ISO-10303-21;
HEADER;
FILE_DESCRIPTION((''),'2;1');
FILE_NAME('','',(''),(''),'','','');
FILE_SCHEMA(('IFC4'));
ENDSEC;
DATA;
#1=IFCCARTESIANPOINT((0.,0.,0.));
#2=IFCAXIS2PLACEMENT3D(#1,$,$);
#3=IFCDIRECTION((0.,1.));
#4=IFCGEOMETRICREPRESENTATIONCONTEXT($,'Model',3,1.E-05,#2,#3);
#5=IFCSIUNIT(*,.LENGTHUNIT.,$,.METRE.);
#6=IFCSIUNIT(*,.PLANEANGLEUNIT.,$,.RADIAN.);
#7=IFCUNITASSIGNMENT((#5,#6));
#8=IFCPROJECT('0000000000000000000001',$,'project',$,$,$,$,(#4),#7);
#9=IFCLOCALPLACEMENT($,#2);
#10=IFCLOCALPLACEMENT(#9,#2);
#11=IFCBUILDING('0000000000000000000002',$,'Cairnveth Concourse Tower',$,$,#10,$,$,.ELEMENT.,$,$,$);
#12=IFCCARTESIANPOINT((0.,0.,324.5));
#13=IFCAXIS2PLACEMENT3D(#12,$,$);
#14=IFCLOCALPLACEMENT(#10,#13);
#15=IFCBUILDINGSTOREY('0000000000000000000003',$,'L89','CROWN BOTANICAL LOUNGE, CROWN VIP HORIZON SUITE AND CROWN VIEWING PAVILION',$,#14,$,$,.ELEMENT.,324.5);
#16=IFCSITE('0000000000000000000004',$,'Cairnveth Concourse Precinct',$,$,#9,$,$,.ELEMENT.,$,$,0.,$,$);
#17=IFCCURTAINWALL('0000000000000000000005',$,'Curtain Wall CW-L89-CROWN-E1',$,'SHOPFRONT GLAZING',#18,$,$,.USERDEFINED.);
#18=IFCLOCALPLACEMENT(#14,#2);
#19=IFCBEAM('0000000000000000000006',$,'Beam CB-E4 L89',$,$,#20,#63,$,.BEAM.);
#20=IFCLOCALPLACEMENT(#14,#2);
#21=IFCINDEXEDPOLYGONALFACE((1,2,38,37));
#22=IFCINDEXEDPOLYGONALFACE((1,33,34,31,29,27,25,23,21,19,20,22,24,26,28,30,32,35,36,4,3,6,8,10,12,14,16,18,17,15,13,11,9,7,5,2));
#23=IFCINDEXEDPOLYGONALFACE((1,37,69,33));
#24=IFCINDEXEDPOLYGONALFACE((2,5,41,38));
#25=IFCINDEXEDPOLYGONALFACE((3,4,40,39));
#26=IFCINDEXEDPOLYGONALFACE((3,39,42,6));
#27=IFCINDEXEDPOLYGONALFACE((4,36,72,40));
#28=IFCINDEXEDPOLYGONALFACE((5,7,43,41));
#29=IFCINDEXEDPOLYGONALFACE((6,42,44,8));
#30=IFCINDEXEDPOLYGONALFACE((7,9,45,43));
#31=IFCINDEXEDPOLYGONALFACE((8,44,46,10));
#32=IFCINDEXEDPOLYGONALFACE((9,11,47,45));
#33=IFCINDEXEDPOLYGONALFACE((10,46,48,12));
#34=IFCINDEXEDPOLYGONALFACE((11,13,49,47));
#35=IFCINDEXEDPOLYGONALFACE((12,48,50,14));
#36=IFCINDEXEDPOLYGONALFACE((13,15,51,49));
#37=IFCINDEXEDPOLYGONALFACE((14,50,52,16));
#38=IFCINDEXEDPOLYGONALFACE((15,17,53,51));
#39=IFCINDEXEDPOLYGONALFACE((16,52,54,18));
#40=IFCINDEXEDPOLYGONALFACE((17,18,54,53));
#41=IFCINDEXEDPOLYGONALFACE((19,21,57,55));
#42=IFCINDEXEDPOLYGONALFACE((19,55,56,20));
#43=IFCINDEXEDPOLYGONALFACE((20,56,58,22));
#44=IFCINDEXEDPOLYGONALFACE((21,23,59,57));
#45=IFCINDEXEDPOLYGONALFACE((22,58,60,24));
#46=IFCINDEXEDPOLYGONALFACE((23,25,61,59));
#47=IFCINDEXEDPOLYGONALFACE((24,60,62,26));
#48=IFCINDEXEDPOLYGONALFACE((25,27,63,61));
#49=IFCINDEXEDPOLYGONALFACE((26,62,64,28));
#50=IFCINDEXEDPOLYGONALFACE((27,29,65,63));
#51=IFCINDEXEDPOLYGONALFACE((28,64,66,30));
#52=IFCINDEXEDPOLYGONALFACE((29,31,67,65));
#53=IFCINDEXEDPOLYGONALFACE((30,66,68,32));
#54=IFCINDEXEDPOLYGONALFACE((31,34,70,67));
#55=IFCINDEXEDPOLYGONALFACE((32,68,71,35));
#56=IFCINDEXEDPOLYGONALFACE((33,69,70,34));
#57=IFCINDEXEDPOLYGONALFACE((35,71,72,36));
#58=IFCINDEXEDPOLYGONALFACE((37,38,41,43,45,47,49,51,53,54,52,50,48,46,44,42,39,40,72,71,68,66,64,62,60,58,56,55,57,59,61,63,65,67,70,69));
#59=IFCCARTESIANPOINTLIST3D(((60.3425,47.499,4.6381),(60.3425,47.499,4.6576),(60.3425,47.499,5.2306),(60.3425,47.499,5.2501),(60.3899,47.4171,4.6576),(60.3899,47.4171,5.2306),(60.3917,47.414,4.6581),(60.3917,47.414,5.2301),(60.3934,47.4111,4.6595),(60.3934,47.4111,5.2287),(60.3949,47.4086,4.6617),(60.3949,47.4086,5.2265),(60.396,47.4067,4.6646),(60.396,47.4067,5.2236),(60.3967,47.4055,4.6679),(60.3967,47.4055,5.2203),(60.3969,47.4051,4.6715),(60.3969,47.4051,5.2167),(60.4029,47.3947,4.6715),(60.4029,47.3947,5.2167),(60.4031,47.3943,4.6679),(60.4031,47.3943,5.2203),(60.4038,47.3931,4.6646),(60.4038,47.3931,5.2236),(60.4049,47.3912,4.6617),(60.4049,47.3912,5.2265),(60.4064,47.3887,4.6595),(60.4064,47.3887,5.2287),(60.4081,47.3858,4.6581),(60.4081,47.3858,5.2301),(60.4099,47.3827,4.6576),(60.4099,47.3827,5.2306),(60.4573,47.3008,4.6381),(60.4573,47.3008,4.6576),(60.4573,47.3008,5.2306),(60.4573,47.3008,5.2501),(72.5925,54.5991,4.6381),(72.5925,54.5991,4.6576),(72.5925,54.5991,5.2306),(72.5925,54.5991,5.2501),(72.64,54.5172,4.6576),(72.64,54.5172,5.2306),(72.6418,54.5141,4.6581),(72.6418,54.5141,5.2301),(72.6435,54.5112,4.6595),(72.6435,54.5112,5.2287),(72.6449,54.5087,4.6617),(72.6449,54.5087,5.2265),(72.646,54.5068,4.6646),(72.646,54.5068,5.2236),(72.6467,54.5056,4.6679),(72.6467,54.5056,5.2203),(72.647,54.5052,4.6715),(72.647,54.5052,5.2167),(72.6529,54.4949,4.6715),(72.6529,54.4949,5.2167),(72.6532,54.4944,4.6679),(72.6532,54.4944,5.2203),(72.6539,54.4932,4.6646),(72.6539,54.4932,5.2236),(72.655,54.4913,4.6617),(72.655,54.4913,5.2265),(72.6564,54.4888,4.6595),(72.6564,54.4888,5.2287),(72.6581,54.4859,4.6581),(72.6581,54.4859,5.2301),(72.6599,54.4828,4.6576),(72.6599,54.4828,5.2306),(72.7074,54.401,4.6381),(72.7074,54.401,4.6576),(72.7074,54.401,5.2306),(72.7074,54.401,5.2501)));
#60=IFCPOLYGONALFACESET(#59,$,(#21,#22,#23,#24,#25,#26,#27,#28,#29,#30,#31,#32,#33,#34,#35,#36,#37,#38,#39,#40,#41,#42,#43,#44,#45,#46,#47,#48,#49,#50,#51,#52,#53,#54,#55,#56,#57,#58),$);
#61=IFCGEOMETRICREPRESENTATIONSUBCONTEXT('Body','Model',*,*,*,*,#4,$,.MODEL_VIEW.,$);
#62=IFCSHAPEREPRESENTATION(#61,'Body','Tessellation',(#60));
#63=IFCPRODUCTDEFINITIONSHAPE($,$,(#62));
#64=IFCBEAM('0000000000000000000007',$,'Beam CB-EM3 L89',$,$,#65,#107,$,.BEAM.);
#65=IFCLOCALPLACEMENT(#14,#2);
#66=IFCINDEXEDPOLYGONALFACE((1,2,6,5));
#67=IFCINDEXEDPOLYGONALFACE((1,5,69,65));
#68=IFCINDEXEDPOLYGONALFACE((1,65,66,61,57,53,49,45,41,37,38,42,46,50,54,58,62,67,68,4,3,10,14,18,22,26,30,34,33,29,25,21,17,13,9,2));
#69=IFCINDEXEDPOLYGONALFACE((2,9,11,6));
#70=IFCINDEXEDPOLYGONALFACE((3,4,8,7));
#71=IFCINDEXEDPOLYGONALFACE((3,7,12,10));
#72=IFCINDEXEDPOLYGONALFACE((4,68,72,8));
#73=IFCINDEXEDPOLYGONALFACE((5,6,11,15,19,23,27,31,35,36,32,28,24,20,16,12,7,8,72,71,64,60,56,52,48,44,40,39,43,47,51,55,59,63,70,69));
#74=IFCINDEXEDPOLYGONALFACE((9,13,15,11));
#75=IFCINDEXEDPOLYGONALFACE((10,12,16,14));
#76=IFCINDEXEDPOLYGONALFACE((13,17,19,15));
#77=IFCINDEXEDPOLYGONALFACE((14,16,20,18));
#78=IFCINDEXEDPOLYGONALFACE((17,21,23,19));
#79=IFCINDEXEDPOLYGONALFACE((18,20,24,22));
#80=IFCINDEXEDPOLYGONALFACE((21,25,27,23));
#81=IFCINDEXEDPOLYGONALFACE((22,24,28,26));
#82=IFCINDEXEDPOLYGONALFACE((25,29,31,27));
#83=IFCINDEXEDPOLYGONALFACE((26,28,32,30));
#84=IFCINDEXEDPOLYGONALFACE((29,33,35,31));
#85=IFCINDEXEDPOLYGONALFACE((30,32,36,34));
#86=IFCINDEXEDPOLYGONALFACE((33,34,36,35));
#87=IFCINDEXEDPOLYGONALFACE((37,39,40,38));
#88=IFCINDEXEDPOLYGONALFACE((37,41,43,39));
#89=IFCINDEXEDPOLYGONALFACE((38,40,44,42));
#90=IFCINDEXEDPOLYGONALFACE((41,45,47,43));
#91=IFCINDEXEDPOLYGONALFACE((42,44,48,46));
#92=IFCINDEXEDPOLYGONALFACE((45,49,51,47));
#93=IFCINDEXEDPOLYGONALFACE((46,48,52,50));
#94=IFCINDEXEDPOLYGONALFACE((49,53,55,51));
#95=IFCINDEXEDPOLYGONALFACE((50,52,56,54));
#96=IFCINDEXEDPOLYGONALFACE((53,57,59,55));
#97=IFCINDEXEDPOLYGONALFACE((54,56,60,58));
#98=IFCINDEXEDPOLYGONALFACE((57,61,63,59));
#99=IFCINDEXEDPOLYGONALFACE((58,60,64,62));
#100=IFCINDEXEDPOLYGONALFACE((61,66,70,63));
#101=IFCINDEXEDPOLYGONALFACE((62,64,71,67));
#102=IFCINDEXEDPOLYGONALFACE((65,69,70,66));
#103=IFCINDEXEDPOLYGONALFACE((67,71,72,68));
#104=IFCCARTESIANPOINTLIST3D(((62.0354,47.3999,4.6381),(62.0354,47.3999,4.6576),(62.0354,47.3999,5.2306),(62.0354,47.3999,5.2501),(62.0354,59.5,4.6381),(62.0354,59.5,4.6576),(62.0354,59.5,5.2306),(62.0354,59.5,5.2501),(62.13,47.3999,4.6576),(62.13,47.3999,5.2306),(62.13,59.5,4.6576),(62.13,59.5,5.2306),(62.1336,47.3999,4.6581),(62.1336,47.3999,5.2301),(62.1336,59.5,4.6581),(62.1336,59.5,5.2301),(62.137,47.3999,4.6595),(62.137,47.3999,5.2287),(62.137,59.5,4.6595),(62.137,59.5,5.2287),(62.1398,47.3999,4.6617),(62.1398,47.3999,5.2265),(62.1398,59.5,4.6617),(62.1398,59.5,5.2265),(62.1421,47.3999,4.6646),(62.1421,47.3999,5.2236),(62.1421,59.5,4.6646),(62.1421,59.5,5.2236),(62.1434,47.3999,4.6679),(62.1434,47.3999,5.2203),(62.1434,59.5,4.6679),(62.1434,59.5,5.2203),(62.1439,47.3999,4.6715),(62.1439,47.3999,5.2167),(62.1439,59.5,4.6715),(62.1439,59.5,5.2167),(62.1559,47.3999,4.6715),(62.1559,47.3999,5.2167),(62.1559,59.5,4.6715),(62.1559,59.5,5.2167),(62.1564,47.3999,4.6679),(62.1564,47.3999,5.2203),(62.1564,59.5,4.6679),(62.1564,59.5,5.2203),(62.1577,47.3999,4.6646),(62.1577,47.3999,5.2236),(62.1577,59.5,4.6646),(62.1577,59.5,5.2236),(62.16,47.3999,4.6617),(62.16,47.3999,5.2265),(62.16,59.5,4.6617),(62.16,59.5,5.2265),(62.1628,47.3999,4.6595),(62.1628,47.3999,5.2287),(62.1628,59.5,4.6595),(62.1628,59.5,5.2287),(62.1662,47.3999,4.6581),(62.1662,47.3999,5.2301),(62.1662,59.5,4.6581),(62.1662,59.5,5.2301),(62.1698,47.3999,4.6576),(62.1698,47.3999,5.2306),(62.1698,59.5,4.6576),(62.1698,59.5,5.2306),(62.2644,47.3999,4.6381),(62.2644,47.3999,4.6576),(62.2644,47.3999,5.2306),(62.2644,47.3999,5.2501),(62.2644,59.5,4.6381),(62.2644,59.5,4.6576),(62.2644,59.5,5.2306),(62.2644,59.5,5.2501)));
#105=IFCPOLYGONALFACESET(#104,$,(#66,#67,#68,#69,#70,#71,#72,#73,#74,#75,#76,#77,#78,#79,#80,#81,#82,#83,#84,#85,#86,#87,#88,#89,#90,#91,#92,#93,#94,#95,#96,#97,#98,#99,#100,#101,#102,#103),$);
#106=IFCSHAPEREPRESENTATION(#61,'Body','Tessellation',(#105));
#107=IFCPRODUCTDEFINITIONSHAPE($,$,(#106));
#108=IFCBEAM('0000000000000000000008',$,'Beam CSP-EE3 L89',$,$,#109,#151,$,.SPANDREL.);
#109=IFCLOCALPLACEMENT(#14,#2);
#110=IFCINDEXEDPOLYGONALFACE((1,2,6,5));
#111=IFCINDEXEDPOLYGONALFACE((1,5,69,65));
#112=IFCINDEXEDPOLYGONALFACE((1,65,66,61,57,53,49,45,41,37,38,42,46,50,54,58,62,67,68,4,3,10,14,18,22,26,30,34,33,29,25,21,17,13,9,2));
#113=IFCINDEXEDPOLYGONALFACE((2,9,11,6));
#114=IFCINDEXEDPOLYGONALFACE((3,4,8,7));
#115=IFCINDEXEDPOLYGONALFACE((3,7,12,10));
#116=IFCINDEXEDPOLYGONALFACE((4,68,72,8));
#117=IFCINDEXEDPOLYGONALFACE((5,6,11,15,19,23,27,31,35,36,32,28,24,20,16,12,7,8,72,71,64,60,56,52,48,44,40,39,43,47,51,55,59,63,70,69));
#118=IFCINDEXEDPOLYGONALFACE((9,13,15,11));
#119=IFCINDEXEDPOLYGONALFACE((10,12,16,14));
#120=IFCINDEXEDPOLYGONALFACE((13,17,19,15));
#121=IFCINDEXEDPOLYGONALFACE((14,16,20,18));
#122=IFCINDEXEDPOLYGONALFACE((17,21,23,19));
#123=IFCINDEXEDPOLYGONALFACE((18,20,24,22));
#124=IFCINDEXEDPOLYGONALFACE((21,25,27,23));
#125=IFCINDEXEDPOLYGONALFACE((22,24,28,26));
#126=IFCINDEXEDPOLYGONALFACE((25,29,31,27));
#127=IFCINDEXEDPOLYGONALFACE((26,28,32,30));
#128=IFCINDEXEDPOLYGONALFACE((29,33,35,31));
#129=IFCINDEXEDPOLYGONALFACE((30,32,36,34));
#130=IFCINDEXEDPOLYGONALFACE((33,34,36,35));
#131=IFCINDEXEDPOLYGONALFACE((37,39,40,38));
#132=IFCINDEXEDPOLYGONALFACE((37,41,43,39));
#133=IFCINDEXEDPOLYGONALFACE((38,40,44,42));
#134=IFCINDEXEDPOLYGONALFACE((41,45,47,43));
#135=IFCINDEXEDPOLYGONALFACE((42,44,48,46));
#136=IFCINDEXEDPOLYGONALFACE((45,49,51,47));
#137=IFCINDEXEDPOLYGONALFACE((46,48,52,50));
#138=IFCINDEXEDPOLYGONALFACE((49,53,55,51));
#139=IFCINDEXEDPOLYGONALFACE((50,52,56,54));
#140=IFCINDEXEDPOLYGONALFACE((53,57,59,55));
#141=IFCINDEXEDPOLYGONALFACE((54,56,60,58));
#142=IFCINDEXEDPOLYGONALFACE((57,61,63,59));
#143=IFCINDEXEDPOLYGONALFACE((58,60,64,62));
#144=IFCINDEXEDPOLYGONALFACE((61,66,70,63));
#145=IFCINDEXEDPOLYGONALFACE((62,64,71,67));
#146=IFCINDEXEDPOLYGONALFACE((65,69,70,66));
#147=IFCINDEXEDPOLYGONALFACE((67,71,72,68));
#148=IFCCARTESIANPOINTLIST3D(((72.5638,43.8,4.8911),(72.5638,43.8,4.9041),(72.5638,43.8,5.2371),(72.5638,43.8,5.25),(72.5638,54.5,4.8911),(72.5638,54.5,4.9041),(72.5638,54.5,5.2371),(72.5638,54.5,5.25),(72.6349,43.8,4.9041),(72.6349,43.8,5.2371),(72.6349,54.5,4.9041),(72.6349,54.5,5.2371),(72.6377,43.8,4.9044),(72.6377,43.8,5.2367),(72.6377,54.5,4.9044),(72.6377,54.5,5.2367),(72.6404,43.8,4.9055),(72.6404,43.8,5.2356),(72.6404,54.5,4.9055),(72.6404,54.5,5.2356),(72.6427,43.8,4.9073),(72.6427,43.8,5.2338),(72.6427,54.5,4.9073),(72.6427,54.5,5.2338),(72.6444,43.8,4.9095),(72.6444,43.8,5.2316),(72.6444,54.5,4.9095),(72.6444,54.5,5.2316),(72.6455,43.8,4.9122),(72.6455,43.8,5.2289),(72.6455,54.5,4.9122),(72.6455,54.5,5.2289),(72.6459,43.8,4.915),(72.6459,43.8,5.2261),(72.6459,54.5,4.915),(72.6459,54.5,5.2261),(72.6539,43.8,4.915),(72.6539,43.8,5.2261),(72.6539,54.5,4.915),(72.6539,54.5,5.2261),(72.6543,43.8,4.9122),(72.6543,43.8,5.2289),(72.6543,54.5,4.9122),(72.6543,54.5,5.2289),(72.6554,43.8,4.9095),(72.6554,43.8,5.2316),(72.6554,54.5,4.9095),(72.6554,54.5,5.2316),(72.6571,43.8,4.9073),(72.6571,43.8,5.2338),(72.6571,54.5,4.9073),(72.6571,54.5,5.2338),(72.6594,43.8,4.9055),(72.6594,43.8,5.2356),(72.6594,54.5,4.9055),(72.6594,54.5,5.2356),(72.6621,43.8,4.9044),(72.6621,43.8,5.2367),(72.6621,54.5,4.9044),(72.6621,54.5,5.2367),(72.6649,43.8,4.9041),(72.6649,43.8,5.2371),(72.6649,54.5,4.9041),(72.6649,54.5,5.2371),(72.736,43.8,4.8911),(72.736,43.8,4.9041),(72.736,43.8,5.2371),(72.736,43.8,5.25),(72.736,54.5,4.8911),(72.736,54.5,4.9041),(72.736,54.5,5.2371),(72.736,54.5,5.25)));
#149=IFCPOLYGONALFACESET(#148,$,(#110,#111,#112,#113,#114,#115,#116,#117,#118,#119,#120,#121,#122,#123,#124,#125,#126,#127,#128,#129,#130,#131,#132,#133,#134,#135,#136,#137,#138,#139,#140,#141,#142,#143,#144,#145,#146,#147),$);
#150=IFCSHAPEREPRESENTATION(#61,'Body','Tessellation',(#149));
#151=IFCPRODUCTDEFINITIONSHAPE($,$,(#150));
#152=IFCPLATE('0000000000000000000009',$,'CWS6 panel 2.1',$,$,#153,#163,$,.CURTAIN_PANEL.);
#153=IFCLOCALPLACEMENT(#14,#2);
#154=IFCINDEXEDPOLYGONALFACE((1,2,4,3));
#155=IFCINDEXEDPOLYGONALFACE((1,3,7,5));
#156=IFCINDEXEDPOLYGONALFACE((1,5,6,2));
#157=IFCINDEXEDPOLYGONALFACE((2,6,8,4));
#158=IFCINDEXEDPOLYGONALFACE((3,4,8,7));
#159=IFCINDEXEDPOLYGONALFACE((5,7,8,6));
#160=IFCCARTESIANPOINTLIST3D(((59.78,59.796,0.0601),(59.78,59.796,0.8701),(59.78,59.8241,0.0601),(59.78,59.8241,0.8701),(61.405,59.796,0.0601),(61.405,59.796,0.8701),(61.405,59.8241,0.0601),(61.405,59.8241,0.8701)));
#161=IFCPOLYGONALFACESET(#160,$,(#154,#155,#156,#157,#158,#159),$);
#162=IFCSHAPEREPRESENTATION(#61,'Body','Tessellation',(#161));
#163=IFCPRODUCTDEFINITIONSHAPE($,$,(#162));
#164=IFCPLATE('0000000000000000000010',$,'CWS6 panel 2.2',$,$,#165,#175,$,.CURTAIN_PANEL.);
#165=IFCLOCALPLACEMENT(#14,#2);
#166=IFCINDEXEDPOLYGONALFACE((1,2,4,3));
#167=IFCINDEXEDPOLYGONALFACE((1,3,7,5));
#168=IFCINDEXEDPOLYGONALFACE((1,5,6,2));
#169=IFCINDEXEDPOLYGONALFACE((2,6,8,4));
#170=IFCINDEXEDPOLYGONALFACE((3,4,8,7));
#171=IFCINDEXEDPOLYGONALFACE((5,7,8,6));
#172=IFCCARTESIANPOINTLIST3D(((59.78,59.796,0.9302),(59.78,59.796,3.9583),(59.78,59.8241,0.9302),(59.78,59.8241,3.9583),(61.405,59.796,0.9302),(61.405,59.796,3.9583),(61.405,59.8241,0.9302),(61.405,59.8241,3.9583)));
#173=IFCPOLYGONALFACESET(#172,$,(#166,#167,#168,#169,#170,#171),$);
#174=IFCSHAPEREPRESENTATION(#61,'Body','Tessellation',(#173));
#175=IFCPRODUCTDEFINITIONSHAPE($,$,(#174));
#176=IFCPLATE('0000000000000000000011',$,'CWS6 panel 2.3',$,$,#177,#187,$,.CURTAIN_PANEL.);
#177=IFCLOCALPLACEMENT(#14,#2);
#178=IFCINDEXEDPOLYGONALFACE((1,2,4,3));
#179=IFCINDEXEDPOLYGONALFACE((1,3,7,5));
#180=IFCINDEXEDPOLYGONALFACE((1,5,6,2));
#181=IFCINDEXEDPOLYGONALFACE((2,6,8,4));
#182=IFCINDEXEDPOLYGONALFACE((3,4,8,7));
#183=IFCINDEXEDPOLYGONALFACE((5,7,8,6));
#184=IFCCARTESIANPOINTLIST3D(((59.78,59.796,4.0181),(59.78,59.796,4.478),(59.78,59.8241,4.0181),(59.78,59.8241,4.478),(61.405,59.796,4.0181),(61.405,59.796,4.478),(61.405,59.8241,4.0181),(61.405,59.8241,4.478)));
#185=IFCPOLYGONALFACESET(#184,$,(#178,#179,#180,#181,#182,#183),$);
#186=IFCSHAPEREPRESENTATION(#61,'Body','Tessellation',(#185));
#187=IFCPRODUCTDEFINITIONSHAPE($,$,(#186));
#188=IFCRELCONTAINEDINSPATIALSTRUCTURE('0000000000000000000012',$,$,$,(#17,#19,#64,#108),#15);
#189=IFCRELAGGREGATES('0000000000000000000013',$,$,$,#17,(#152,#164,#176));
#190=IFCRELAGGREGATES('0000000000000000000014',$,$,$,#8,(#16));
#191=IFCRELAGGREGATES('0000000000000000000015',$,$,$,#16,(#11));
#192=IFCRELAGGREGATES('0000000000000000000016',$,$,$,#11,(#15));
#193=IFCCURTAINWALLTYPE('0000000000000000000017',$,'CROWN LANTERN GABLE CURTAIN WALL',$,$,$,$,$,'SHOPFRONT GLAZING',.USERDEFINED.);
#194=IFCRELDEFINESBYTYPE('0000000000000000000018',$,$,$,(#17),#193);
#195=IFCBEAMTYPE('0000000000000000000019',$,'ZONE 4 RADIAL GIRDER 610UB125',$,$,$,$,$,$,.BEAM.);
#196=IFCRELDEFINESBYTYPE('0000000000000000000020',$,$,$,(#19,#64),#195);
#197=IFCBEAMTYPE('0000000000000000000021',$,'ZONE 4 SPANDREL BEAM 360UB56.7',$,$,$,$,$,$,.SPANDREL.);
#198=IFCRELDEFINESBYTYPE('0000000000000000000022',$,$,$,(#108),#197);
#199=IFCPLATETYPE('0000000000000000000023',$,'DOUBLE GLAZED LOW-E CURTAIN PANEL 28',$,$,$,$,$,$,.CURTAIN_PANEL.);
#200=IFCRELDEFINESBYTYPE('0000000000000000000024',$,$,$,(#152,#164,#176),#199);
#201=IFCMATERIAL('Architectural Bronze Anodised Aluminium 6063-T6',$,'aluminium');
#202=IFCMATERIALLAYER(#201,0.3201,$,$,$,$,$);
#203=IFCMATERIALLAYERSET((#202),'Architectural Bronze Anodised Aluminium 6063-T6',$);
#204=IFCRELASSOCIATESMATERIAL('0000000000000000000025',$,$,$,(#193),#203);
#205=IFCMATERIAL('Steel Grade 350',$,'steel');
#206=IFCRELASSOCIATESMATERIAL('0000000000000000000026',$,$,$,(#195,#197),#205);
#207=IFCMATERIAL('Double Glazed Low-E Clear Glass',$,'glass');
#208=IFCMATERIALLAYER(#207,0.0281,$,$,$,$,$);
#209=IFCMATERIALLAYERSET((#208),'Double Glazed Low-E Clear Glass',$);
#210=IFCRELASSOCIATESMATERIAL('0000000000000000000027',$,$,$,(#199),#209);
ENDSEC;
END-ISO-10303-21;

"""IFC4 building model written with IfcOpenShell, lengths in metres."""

from ifc_helpers import new_model, si_unit, direction, frame, origin, origin_2d, place, context, subcontext, project, spatial, rectangle, i_section, extrude, material, layer, layer_set, material_profile, profile_set, type_object, element, aggregate, save


model = new_model("IFC4")

# Units and contexts
model_context = context("Model", 3, precision=1e-05, world=origin(), true_north=direction((0.0, 1.0)))
body_context = subcontext(model_context, "Body", "Model", "MODEL_VIEW")
ifc_project = project(units=[si_unit("LENGTHUNIT", "METRE"), si_unit("PLANEANGLEUNIT", "RADIAN")], contexts=[model_context])

# Site, building, storey
site_placement = place(None, origin())
site = spatial("IfcSite", under=ifc_project, at=site_placement, Name="Cairnveth Concourse Precinct", CompositionType="ELEMENT", RefElevation=0.0)
building_placement = place(site_placement, origin())
building = spatial("IfcBuilding", under=site, at=building_placement, Name="Cairnveth Concourse Tower", CompositionType="ELEMENT")
storey_placement = place(building_placement, frame((0.0, 0.0, 324.5)))
storey = spatial("IfcBuildingStorey", under=building, at=storey_placement, Name="L89", Description="CROWN BOTANICAL LOUNGE, CROWN VIP HORIZON SUITE AND CROWN VIEWING PAVILION", CompositionType="ELEMENT", Elevation=324.5)

# Shared definitions
ifc_material_1 = material(Name="Steel Grade 350", Category="steel")

# Curtain wall
ifc_material_2 = material(Name="Architectural Bronze Anodised Aluminium 6063-T6", Category="aluminium")
ifc_layer_1 = layer(ifc_material_2, 0.3201)
ifc_layer_set_1 = layer_set([ifc_layer_1], Name="Architectural Bronze Anodised Aluminium 6063-T6")
curtain_wall_type = type_object("IfcCurtainWallType", Name="CROWN LANTERN GABLE CURTAIN WALL", ElementType="SHOPFRONT GLAZING", PredefinedType="USERDEFINED", material=ifc_layer_set_1)
curtain_wall_placement = place(storey_placement, origin())
curtain_wall = element("IfcCurtainWall", 1, at=curtain_wall_placement, inside=storey, type_object=curtain_wall_type, Name="Curtain Wall CW-L89-CROWN-E1", ObjectType="SHOPFRONT GLAZING", PredefinedType="USERDEFINED")

# Beams
ifc_material_profile_1 = material_profile(ifc_material_1, i_section(OverallWidth=0.229, OverallDepth=0.6121, WebThickness=0.012, FlangeThickness=0.0195, FilletRadius=0.0139, at=origin_2d()), Name="610UB125")
ifc_profile_set_1 = profile_set([ifc_material_profile_1], Name="Steel Grade 350")
beam_type_1 = type_object("IfcBeamType", Name="ZONE 4 RADIAL GIRDER 610UB125", PredefinedType="BEAM", material=ifc_profile_set_1)
beam_1_placement = place(storey_placement, frame((60.3999, 47.3999, 4.9441), z_axis=(0.865181, 0.501459, 0.0), x_axis=(-0.501459, 0.865181, 0.0)))
element("IfcBeam", 2, at=beam_1_placement, inside=storey, type_object=beam_type_1, Name="Beam CB-E4 L89", PredefinedType="BEAM", context=body_context, shape_type="SweptSolid", body=[
    extrude(i_section(OverallWidth=0.229, OverallDepth=0.6121, WebThickness=0.012, FlangeThickness=0.0195, FilletRadius=0.0139, at=origin_2d()), origin(), (0.0, 0.0, 1.0), 14.1589),
])
beam_2_placement = place(storey_placement, frame((62.1499, 47.3999, 4.9441), z_axis=(0.0, 1.0, 0.0), x_axis=(-1.0, 0.0, 0.0)))
element("IfcBeam", 3, at=beam_2_placement, inside=storey, type_object=beam_type_1, Name="Beam CB-EM3 L89", PredefinedType="BEAM", context=body_context, shape_type="SweptSolid", body=[
    extrude(i_section(OverallWidth=0.229, OverallDepth=0.6121, WebThickness=0.012, FlangeThickness=0.0195, FilletRadius=0.0139, at=origin_2d()), origin(), (0.0, 0.0, 1.0), 12.1001),
])
ifc_material_profile_2 = material_profile(ifc_material_1, i_section(OverallWidth=0.1721, OverallDepth=0.3589, WebThickness=0.0081, FlangeThickness=0.0129, FilletRadius=0.011, at=origin_2d()), Name="360UB56.7")
ifc_profile_set_2 = profile_set([ifc_material_profile_2], Name="Steel Grade 350")
beam_type_2 = type_object("IfcBeamType", Name="ZONE 4 SPANDREL BEAM 360UB56.7", PredefinedType="SPANDREL", material=ifc_profile_set_2)
beam_3_placement = place(storey_placement, frame((72.6499, 43.8, 5.0706), z_axis=(0.0, 1.0, 0.0), x_axis=(-1.0, 0.0, 0.0)))
element("IfcBeam", 4, at=beam_3_placement, inside=storey, type_object=beam_type_2, Name="Beam CSP-EE3 L89", PredefinedType="SPANDREL", context=body_context, shape_type="SweptSolid", body=[
    extrude(i_section(OverallWidth=0.1721, OverallDepth=0.3589, WebThickness=0.0081, FlangeThickness=0.0129, FilletRadius=0.011, at=origin_2d()), origin(), (0.0, 0.0, 1.0), 10.7),
])

# Plates
ifc_material_3 = material(Name="Double Glazed Low-E Clear Glass", Category="glass")
ifc_layer_2 = layer(ifc_material_3, 0.0281)
ifc_layer_set_2 = layer_set([ifc_layer_2], Name="Double Glazed Low-E Clear Glass")
plate_type = type_object("IfcPlateType", Name="DOUBLE GLAZED LOW-E CURTAIN PANEL 28", PredefinedType="CURTAIN_PANEL", material=ifc_layer_set_2)
plate_1_placement = place(storey_placement, frame((60.5925, 59.8101, 0.0601), z_axis=(0.0, 0.0, 1.0), x_axis=(1.0, 0.0, 0.0)))
plate_1 = element("IfcPlate", 5, at=plate_1_placement, type_object=plate_type, Name="CWS6 panel 2.1", PredefinedType="CURTAIN_PANEL", context=body_context, shape_type="SweptSolid", body=[
    extrude(rectangle(XDim=1.625, YDim=0.0281, at=origin_2d()), origin(), (0.0, 0.0, 1.0), 0.8101),
])
plate_2_placement = place(storey_placement, frame((60.5925, 59.8101, 0.9302), z_axis=(0.0, 0.0, 1.0), x_axis=(1.0, 0.0, 0.0)))
plate_2 = element("IfcPlate", 6, at=plate_2_placement, type_object=plate_type, Name="CWS6 panel 2.2", PredefinedType="CURTAIN_PANEL", context=body_context, shape_type="SweptSolid", body=[
    extrude(rectangle(XDim=1.625, YDim=0.0281, at=origin_2d()), origin(), (0.0, 0.0, 1.0), 3.0281),
])
plate_3_placement = place(storey_placement, frame((60.5925, 59.8101, 4.0181), z_axis=(0.0, 0.0, 1.0), x_axis=(1.0, 0.0, 0.0)))
plate_3 = element("IfcPlate", 7, at=plate_3_placement, type_object=plate_type, Name="CWS6 panel 2.3", PredefinedType="CURTAIN_PANEL", context=body_context, shape_type="SweptSolid", body=[
    extrude(rectangle(XDim=1.625, YDim=0.0281, at=origin_2d()), origin(), (0.0, 0.0, 1.0), 0.46),
])
aggregate(curtain_wall, [plate_1, plate_2, plate_3])

save(model, "model.ifc")
